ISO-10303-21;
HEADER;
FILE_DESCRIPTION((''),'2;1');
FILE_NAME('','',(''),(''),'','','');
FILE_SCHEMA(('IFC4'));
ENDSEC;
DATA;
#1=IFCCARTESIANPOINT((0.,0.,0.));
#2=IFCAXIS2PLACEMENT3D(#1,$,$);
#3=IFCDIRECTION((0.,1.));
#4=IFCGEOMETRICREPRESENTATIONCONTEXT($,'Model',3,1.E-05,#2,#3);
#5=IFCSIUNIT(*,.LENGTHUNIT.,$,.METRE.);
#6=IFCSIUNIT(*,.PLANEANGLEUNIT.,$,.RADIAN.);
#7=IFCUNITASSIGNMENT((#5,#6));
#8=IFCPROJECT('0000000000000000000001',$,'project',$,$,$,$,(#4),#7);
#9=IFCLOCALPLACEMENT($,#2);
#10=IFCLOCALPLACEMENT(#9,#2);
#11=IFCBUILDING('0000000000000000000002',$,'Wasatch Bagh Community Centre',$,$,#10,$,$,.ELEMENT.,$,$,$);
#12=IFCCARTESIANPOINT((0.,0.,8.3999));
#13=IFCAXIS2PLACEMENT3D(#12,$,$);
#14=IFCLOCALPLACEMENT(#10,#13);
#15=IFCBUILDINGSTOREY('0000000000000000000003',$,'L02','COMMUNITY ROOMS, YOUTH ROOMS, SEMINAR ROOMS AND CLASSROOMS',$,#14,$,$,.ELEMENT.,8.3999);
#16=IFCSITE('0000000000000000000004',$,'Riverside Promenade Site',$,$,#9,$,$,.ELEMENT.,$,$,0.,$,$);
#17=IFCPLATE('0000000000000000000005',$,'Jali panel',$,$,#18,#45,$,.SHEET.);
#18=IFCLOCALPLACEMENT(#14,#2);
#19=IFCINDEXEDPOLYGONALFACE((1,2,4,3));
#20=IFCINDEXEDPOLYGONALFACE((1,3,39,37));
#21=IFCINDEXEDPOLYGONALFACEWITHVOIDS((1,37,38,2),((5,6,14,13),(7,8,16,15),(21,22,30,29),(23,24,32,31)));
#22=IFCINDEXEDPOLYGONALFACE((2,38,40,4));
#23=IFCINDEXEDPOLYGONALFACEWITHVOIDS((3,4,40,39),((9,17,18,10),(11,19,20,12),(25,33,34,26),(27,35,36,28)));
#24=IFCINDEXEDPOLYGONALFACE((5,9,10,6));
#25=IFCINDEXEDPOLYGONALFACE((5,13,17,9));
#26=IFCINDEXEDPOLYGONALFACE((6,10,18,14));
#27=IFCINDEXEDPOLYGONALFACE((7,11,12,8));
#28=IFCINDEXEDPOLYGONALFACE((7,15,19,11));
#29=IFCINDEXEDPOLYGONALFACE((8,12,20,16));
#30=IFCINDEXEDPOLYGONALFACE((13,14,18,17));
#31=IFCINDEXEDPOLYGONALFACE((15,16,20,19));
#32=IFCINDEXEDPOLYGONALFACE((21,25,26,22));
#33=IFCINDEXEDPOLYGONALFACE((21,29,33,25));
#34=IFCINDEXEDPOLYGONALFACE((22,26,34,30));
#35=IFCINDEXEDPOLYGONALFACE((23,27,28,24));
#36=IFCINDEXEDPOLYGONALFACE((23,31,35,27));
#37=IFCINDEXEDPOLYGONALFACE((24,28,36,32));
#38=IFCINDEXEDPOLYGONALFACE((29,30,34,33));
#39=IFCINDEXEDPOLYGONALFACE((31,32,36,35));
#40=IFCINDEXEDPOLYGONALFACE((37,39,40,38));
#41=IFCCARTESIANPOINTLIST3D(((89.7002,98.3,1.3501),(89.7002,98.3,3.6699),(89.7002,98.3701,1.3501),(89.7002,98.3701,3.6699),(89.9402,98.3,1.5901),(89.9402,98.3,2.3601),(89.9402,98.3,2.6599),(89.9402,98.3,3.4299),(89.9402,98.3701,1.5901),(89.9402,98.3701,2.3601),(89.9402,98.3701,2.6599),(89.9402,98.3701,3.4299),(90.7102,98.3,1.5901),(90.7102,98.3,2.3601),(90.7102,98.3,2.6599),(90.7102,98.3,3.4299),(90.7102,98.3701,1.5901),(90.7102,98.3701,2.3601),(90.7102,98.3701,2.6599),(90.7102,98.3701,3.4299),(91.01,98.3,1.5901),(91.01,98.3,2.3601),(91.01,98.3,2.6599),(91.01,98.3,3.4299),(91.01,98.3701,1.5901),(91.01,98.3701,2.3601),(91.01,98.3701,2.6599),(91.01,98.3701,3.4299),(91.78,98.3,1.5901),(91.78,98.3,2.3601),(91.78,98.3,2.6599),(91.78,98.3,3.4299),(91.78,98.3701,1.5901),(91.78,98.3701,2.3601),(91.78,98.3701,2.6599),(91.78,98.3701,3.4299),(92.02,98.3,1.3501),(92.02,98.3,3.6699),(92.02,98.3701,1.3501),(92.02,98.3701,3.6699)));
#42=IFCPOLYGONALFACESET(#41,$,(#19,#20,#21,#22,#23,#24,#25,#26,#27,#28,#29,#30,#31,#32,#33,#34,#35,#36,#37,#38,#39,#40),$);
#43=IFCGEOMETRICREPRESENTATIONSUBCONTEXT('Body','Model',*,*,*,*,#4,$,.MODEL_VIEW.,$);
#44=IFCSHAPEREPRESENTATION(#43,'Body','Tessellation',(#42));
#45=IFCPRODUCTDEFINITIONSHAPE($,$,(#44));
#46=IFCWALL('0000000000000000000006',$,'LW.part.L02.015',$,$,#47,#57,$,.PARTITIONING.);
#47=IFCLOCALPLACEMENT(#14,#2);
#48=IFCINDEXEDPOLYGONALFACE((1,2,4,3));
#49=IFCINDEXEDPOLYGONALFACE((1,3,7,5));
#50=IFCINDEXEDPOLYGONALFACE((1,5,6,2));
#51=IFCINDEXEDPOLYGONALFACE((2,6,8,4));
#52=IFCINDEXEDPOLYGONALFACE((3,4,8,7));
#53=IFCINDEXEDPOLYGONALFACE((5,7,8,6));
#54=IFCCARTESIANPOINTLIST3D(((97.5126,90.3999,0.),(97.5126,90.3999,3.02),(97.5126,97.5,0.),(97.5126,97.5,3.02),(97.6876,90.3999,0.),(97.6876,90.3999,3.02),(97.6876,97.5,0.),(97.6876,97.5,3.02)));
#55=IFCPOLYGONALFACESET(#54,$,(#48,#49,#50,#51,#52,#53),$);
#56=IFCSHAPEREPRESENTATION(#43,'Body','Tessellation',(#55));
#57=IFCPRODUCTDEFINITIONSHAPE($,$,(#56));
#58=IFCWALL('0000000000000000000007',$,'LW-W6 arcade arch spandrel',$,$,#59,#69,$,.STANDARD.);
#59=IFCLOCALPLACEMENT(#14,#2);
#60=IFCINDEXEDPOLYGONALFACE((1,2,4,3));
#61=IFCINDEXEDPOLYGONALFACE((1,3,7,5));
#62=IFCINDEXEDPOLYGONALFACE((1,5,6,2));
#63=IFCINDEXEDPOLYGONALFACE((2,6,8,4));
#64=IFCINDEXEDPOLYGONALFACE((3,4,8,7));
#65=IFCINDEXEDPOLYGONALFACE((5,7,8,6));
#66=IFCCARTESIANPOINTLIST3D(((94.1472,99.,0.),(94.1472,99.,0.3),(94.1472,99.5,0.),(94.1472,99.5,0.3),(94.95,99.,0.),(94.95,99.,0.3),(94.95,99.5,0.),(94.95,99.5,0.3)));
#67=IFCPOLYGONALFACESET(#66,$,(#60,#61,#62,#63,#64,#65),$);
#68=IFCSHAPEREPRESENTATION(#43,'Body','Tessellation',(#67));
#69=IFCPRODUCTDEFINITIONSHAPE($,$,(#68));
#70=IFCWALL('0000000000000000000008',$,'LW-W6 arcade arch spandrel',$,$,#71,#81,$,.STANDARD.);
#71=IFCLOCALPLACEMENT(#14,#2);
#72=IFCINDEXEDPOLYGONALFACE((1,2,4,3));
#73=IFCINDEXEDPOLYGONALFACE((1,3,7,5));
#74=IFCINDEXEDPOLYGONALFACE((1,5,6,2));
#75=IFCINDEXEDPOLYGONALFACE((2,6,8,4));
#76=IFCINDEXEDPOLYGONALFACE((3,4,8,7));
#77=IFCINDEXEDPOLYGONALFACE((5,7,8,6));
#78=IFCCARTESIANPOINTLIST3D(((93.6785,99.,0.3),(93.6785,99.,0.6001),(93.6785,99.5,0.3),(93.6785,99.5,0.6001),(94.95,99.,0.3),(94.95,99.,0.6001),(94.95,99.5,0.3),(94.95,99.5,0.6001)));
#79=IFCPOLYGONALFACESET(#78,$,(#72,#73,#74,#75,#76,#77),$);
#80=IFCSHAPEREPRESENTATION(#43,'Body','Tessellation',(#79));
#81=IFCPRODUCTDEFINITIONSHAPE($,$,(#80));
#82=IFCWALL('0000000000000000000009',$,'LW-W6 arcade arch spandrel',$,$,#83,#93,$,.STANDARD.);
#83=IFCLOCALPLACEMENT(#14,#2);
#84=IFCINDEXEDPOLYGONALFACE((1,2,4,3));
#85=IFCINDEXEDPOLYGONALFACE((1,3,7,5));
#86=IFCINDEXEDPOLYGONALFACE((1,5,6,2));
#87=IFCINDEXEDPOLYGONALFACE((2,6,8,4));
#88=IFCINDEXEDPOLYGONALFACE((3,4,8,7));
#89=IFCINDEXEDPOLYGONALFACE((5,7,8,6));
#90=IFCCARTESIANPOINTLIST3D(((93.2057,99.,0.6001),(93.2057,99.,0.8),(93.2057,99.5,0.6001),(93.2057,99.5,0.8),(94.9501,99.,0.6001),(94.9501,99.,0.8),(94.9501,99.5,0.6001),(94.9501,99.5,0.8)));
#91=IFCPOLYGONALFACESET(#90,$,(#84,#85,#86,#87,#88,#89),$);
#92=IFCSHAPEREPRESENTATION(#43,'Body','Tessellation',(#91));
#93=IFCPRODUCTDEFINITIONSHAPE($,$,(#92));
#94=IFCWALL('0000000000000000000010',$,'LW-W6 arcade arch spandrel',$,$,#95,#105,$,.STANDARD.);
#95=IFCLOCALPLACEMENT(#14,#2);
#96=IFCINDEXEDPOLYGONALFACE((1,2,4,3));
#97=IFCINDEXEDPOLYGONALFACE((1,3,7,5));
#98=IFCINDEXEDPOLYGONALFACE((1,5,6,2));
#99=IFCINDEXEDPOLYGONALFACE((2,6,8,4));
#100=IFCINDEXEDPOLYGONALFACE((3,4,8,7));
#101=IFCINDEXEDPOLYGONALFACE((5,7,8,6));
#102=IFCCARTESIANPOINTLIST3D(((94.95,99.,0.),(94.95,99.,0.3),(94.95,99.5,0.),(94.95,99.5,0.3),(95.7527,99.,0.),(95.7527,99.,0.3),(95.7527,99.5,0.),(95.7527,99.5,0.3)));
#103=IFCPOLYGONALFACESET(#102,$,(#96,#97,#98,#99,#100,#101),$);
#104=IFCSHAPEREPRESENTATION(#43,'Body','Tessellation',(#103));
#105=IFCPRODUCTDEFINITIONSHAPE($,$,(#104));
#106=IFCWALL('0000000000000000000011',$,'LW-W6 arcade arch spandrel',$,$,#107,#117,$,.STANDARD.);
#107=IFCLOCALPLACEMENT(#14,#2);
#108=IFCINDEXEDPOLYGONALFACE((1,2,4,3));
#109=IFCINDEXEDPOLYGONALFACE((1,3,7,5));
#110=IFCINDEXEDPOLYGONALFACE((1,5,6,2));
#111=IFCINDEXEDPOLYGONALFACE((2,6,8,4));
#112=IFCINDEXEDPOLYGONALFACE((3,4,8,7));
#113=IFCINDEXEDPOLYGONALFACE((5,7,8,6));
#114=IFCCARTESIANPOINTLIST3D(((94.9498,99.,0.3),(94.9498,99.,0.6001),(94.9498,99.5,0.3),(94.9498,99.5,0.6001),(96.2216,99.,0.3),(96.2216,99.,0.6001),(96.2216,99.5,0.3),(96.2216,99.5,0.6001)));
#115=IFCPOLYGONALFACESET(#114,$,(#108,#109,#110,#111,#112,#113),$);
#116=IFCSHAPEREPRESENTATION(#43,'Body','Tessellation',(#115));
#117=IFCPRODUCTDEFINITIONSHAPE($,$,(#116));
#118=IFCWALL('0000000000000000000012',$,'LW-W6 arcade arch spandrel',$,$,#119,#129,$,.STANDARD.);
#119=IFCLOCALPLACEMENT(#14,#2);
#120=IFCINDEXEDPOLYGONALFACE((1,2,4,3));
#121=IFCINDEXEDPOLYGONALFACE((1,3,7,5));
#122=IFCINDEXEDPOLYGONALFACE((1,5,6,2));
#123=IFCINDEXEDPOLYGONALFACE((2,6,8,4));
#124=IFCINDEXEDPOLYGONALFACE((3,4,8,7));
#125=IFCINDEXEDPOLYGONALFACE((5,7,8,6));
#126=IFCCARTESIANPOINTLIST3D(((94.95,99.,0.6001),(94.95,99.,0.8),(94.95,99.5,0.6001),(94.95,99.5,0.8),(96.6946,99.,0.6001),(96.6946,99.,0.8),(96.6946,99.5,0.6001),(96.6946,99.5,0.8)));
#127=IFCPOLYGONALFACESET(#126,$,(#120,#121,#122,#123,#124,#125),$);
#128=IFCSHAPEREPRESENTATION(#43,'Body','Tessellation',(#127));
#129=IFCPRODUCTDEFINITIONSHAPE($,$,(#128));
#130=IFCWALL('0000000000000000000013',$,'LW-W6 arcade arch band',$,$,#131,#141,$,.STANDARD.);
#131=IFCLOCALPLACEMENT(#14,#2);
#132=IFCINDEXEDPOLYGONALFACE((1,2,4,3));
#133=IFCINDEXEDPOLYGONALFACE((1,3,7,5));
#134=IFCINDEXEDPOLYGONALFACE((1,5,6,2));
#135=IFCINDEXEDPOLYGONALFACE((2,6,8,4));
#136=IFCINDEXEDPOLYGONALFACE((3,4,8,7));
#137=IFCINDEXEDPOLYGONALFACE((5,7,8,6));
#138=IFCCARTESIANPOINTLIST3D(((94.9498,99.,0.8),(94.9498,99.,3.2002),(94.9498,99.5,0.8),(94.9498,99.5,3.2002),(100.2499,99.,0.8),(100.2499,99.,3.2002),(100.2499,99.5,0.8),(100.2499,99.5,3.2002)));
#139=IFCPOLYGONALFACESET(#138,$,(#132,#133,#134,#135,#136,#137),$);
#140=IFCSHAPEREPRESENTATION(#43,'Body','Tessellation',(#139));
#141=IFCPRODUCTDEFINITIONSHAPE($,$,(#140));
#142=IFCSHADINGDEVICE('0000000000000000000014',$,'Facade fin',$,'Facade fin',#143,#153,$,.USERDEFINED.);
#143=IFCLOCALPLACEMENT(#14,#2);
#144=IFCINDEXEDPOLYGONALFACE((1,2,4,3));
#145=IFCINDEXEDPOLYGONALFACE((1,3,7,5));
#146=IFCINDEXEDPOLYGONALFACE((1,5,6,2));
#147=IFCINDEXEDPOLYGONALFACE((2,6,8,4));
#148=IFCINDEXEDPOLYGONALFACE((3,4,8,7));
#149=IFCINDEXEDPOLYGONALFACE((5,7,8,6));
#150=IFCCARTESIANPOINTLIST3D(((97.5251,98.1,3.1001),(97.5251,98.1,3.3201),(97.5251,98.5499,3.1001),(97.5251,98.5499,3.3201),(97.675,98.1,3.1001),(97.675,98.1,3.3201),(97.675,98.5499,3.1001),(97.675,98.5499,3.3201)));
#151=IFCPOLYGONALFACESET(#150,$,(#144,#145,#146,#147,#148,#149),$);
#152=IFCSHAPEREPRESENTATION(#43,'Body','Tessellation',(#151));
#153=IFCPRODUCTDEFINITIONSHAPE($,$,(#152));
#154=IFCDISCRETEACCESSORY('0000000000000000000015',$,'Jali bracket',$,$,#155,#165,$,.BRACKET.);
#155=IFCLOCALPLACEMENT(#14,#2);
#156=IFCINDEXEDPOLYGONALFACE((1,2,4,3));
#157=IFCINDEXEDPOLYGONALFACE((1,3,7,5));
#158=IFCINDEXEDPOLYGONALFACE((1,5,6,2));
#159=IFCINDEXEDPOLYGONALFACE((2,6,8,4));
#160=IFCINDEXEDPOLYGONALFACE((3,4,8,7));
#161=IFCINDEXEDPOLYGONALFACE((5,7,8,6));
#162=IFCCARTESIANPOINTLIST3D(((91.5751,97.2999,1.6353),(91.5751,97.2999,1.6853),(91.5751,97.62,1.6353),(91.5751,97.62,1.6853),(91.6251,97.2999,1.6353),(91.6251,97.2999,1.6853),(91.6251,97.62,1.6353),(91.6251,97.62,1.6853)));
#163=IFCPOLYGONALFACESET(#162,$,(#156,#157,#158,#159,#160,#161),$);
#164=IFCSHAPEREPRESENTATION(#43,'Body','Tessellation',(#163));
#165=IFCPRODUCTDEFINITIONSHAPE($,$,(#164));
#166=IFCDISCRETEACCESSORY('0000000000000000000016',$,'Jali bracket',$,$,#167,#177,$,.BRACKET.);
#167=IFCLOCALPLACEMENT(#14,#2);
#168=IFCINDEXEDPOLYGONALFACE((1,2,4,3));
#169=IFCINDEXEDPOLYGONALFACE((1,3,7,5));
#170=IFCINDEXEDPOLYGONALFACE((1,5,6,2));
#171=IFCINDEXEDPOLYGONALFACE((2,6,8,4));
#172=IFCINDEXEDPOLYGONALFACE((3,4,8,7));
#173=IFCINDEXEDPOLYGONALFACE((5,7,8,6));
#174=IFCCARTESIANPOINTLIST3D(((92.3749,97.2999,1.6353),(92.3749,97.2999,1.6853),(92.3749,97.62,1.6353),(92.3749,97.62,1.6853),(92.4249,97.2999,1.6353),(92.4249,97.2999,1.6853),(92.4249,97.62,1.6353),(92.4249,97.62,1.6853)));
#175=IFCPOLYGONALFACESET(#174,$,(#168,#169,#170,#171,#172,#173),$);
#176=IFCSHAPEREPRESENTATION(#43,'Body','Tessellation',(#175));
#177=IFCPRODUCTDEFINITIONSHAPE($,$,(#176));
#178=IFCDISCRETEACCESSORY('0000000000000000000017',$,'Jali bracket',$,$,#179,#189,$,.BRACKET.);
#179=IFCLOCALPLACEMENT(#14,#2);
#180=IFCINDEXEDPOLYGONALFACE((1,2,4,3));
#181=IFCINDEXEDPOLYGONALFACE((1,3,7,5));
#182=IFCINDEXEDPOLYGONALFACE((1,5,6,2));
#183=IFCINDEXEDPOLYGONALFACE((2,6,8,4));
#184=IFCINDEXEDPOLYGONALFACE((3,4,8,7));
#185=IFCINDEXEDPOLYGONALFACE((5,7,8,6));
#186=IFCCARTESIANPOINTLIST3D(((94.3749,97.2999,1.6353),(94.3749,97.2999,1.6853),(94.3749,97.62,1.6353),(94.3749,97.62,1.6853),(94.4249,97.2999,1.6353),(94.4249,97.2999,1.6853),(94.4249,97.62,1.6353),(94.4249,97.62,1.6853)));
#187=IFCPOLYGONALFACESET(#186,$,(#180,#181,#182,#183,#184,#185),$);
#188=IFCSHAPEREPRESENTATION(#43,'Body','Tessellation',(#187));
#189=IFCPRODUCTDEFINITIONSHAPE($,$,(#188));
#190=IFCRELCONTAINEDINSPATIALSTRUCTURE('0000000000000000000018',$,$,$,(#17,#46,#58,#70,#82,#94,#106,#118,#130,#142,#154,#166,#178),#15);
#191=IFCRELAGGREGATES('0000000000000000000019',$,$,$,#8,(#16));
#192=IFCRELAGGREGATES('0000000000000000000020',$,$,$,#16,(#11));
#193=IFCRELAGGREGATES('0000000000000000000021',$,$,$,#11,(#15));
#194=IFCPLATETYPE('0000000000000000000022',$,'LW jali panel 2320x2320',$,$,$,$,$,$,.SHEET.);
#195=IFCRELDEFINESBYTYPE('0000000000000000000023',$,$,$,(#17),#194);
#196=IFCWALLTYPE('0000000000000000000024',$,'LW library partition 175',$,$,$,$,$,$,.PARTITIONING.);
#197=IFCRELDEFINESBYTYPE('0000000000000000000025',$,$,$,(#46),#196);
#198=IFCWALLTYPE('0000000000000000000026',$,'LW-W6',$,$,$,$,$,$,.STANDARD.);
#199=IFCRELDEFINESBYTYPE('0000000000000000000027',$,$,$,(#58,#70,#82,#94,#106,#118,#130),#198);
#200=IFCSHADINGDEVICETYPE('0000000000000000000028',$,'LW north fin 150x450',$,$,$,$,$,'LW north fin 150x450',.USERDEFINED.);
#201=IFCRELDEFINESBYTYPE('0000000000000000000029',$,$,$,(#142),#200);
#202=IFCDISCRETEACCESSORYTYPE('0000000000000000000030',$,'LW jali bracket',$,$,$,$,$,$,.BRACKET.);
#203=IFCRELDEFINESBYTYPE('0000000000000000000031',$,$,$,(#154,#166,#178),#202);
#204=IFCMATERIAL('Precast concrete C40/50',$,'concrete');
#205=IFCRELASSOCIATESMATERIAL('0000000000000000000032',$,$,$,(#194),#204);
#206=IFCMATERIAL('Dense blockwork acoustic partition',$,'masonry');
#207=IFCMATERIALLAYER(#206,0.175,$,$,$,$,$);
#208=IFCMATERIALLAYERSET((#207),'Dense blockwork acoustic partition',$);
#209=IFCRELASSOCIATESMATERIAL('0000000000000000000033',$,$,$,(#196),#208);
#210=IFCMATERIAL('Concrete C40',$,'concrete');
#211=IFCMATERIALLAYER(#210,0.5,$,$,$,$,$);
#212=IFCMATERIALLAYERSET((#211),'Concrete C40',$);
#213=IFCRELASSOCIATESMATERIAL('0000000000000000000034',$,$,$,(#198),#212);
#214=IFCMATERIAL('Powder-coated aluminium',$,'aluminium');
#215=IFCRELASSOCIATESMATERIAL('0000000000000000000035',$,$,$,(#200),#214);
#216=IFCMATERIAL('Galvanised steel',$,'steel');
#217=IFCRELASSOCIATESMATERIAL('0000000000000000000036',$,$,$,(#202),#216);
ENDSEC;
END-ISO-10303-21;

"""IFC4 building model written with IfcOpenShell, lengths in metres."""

from ifc_helpers import new_model, si_unit, direction, frame, frame_2d, origin, origin_2d, place, context, subcontext, project, spatial, polyline, rectangle, outline, extrude, material, layer, layer_set, material_profile, profile_set, type_object, element, save


model = new_model("IFC4")

# Units and contexts
model_context = context("Model", 3, precision=1e-05, world=origin(), true_north=direction((0.0, 1.0)))
body_context = subcontext(model_context, "Body", "Model", "MODEL_VIEW")
ifc_project = project(units=[si_unit("LENGTHUNIT", "METRE"), si_unit("PLANEANGLEUNIT", "RADIAN")], contexts=[model_context])

# Site, building, storey
site_placement = place(None, origin())
site = spatial("IfcSite", under=ifc_project, at=site_placement, Name="Riverside Promenade Site", CompositionType="ELEMENT", RefElevation=0.0)
building_placement = place(site_placement, origin())
building = spatial("IfcBuilding", under=site, at=building_placement, Name="Wasatch Bagh Community Centre", CompositionType="ELEMENT")
storey_placement = place(building_placement, frame((0.0, 0.0, 8.3999)))
storey = spatial("IfcBuildingStorey", under=building, at=storey_placement, Name="L02", Description="COMMUNITY ROOMS, YOUTH ROOMS, SEMINAR ROOMS AND CLASSROOMS", CompositionType="ELEMENT", Elevation=8.3999)

# Shared definitions
ifc_material_1 = material(Name="Concrete C40", Category="concrete")

# Plate
ifc_material_2 = material(Name="Precast concrete C40/50", Category="concrete")
ifc_material_profile_1 = material_profile(ifc_material_2, outline(polyline([(-1.1599, -1.1599), (1.1599, -1.1599), (1.1599, 1.1599), (-1.1599, 1.1599), (-1.1599, -1.1599)]), holes=[polyline([(-0.9199, -0.9199), (-0.1499, -0.9199), (-0.1499, -0.1499), (-0.9199, -0.1499), (-0.9199, -0.9199)]), polyline([(-0.9199, 0.1499), (-0.1499, 0.1499), (-0.1499, 0.9199), (-0.9199, 0.9199), (-0.9199, 0.1499)]), polyline([(0.1499, -0.9199), (0.9199, -0.9199), (0.9199, -0.1499), (0.1499, -0.1499), (0.1499, -0.9199)]), polyline([(0.1499, 0.1499), (0.9199, 0.1499), (0.9199, 0.9199), (0.1499, 0.9199), (0.1499, 0.1499)])]), Name="Jali lattice")
ifc_profile_set_1 = profile_set([ifc_material_profile_1], Name="Precast concrete C40/50")
plate_type = type_object("IfcPlateType", Name="LW jali panel 2320x2320", PredefinedType="SHEET", material=ifc_profile_set_1)
for number, where, z_axis, x_axis, name in (
    (1, (90.8601, 98.3, 2.51), (0.0, 1.0, 0.0), (-1.0, 0.0, 0.0), "Jali panel"),
):
    element("IfcPlate", number, at=place(storey_placement, frame(where, z_axis=z_axis, x_axis=x_axis)), inside=storey, type_object=plate_type, Name=name, PredefinedType="SHEET", context=body_context, shape_type="SweptSolid", body=[
        extrude(outline(polyline([(-1.1599, -1.1599), (1.1599, -1.1599), (1.1599, 1.1599), (-1.1599, 1.1599), (-1.1599, -1.1599)]), holes=[polyline([(-0.9199, -0.9199), (-0.1499, -0.9199), (-0.1499, -0.1499), (-0.9199, -0.1499), (-0.9199, -0.9199)]), polyline([(-0.9199, 0.1499), (-0.1499, 0.1499), (-0.1499, 0.9199), (-0.9199, 0.9199), (-0.9199, 0.1499)]), polyline([(0.1499, -0.9199), (0.9199, -0.9199), (0.9199, -0.1499), (0.1499, -0.1499), (0.1499, -0.9199)]), polyline([(0.1499, 0.1499), (0.9199, 0.1499), (0.9199, 0.9199), (0.1499, 0.9199), (0.1499, 0.1499)])]), origin(), (0.0, 0.0, 1.0), 0.0701),
    ])

# Walls
ifc_material_3 = material(Name="Dense blockwork acoustic partition", Category="masonry")
ifc_layer_1 = layer(ifc_material_3, 0.175)
ifc_layer_set_1 = layer_set([ifc_layer_1], Name="Dense blockwork acoustic partition")
wall_type_1 = type_object("IfcWallType", Name="LW library partition 175", PredefinedType="PARTITIONING", material=ifc_layer_set_1)
wall_1_placement = place(storey_placement, frame((97.6001, 90.3999, 0.0), z_axis=(0.0, 0.0, 1.0), x_axis=(0.0, 1.0, 0.0)))
element("IfcWall", 2, at=wall_1_placement, inside=storey, type_object=wall_type_1, Name="LW.part.L02.015", PredefinedType="PARTITIONING", context=body_context, shape_type="SweptSolid", body=[
    extrude(rectangle(XDim=7.1001, YDim=0.175, at=frame_2d((3.55, 0.0))), origin(), (0.0, 0.0, 1.0), 3.02),
])
ifc_layer_2 = layer(ifc_material_1, 0.5)
ifc_layer_set_2 = layer_set([ifc_layer_2], Name="Concrete C40")
wall_type_2 = type_object("IfcWallType", Name="LW-W6", PredefinedType="STANDARD", material=ifc_layer_set_2)
wall_2_placement = place(storey_placement, frame((94.95, 99.25, 0.0), z_axis=(0.0, 0.0, 1.0), x_axis=(-1.0, 0.0, 0.0)))
element("IfcWall", 3, at=wall_2_placement, inside=storey, type_object=wall_type_2, Name="LW-W6 arcade arch spandrel", PredefinedType="STANDARD", context=body_context, shape_type="SweptSolid", body=[
    extrude(rectangle(XDim=0.8027, YDim=0.5, at=frame_2d((0.4014, 0.0))), origin(), (0.0, 0.0, 1.0), 0.3),
])
wall_3_placement = place(storey_placement, frame((94.95, 99.25, 0.3), z_axis=(0.0, 0.0, 1.0), x_axis=(-1.0, 0.0, 0.0)))
element("IfcWall", 4, at=wall_3_placement, inside=storey, type_object=wall_type_2, Name="LW-W6 arcade arch spandrel", PredefinedType="STANDARD", context=body_context, shape_type="SweptSolid", body=[
    extrude(rectangle(XDim=1.2715, YDim=0.5, at=frame_2d((0.6357, 0.0))), origin(), (0.0, 0.0, 1.0), 0.3),
])
wall_4_placement = place(storey_placement, frame((94.95, 99.25, 0.6001), z_axis=(0.0, 0.0, 1.0), x_axis=(-1.0, 0.0, 0.0)))
element("IfcWall", 5, at=wall_4_placement, inside=storey, type_object=wall_type_2, Name="LW-W6 arcade arch spandrel", PredefinedType="STANDARD", context=body_context, shape_type="SweptSolid", body=[
    extrude(rectangle(XDim=1.7444, YDim=0.5, at=frame_2d((0.8721, 0.0))), origin(), (0.0, 0.0, 1.0), 0.2),
])
wall_5_placement = place(storey_placement, frame((94.95, 99.25, 0.0), z_axis=(0.0, 0.0, 1.0), x_axis=(1.0, 0.0, 0.0)))
element("IfcWall", 6, at=wall_5_placement, inside=storey, type_object=wall_type_2, Name="LW-W6 arcade arch spandrel", PredefinedType="STANDARD", context=body_context, shape_type="SweptSolid", body=[
    extrude(rectangle(XDim=0.8027, YDim=0.5, at=frame_2d((0.4014, 0.0))), origin(), (0.0, 0.0, 1.0), 0.3),
])
wall_6_placement = place(storey_placement, frame((94.95, 99.25, 0.3), z_axis=(0.0, 0.0, 1.0), x_axis=(1.0, 0.0, 0.0)))
element("IfcWall", 7, at=wall_6_placement, inside=storey, type_object=wall_type_2, Name="LW-W6 arcade arch spandrel", PredefinedType="STANDARD", context=body_context, shape_type="SweptSolid", body=[
    extrude(rectangle(XDim=1.2717, YDim=0.5, at=frame_2d((0.6357, 0.0))), origin(), (0.0, 0.0, 1.0), 0.3),
])
wall_7_placement = place(storey_placement, frame((94.95, 99.25, 0.6001), z_axis=(0.0, 0.0, 1.0), x_axis=(1.0, 0.0, 0.0)))
element("IfcWall", 8, at=wall_7_placement, inside=storey, type_object=wall_type_2, Name="LW-W6 arcade arch spandrel", PredefinedType="STANDARD", context=body_context, shape_type="SweptSolid", body=[
    extrude(rectangle(XDim=1.7446, YDim=0.5, at=frame_2d((0.8723, 0.0))), origin(), (0.0, 0.0, 1.0), 0.2),
])
wall_8_placement = place(storey_placement, frame((94.95, 99.25, 0.8), z_axis=(0.0, 0.0, 1.0), x_axis=(1.0, 0.0, 0.0)))
element("IfcWall", 9, at=wall_8_placement, inside=storey, type_object=wall_type_2, Name="LW-W6 arcade arch band", PredefinedType="STANDARD", context=body_context, shape_type="SweptSolid", body=[
    extrude(rectangle(XDim=5.3, YDim=0.5, at=frame_2d((2.6499, 0.0))), origin(), (0.0, 0.0, 1.0), 2.4001),
])

# Shading device
ifc_material_4 = material(Name="Powder-coated aluminium", Category="aluminium")
shading_device_type = type_object("IfcShadingDeviceType", Name="LW north fin 150x450", ElementType="LW north fin 150x450", PredefinedType="USERDEFINED", material=ifc_material_4)
shading_device_placement = place(storey_placement, frame((97.6001, 98.325, 3.1001), z_axis=(0.0, 0.0, 1.0), x_axis=(1.0, 0.0, 0.0)))
element("IfcShadingDevice", 10, at=shading_device_placement, inside=storey, type_object=shading_device_type, Name="Facade fin", ObjectType="Facade fin", PredefinedType="USERDEFINED", context=body_context, shape_type="SweptSolid", body=[
    extrude(rectangle(XDim=0.1499, YDim=0.45, at=origin_2d()), origin(), (0.0, 0.0, 1.0), 0.22),
])

# Discrete accessories
ifc_material_5 = material(Name="Galvanised steel", Category="steel")
discrete_accessory_type = type_object("IfcDiscreteAccessoryType", Name="LW jali bracket", PredefinedType="BRACKET", material=ifc_material_5)
for number, where, z_axis, x_axis, name in (
    (11, (91.6001, 97.46, 1.6353), (0.0, 0.0, 1.0), (1.0, 0.0, 0.0), "Jali bracket"),
    (12, (92.3999, 97.46, 1.6353), (0.0, 0.0, 1.0), (1.0, 0.0, 0.0), "Jali bracket"),
    (13, (94.3999, 97.46, 1.6353), (0.0, 0.0, 1.0), (1.0, 0.0, 0.0), "Jali bracket"),
):
    element("IfcDiscreteAccessory", number, at=place(storey_placement, frame(where, z_axis=z_axis, x_axis=x_axis)), inside=storey, type_object=discrete_accessory_type, Name=name, PredefinedType="BRACKET", context=body_context, shape_type="SweptSolid", body=[
        extrude(rectangle(XDim=0.05, YDim=0.3201, at=origin_2d()), origin(), (0.0, 0.0, 1.0), 0.05),
    ])

save(model, "model.ifc")
